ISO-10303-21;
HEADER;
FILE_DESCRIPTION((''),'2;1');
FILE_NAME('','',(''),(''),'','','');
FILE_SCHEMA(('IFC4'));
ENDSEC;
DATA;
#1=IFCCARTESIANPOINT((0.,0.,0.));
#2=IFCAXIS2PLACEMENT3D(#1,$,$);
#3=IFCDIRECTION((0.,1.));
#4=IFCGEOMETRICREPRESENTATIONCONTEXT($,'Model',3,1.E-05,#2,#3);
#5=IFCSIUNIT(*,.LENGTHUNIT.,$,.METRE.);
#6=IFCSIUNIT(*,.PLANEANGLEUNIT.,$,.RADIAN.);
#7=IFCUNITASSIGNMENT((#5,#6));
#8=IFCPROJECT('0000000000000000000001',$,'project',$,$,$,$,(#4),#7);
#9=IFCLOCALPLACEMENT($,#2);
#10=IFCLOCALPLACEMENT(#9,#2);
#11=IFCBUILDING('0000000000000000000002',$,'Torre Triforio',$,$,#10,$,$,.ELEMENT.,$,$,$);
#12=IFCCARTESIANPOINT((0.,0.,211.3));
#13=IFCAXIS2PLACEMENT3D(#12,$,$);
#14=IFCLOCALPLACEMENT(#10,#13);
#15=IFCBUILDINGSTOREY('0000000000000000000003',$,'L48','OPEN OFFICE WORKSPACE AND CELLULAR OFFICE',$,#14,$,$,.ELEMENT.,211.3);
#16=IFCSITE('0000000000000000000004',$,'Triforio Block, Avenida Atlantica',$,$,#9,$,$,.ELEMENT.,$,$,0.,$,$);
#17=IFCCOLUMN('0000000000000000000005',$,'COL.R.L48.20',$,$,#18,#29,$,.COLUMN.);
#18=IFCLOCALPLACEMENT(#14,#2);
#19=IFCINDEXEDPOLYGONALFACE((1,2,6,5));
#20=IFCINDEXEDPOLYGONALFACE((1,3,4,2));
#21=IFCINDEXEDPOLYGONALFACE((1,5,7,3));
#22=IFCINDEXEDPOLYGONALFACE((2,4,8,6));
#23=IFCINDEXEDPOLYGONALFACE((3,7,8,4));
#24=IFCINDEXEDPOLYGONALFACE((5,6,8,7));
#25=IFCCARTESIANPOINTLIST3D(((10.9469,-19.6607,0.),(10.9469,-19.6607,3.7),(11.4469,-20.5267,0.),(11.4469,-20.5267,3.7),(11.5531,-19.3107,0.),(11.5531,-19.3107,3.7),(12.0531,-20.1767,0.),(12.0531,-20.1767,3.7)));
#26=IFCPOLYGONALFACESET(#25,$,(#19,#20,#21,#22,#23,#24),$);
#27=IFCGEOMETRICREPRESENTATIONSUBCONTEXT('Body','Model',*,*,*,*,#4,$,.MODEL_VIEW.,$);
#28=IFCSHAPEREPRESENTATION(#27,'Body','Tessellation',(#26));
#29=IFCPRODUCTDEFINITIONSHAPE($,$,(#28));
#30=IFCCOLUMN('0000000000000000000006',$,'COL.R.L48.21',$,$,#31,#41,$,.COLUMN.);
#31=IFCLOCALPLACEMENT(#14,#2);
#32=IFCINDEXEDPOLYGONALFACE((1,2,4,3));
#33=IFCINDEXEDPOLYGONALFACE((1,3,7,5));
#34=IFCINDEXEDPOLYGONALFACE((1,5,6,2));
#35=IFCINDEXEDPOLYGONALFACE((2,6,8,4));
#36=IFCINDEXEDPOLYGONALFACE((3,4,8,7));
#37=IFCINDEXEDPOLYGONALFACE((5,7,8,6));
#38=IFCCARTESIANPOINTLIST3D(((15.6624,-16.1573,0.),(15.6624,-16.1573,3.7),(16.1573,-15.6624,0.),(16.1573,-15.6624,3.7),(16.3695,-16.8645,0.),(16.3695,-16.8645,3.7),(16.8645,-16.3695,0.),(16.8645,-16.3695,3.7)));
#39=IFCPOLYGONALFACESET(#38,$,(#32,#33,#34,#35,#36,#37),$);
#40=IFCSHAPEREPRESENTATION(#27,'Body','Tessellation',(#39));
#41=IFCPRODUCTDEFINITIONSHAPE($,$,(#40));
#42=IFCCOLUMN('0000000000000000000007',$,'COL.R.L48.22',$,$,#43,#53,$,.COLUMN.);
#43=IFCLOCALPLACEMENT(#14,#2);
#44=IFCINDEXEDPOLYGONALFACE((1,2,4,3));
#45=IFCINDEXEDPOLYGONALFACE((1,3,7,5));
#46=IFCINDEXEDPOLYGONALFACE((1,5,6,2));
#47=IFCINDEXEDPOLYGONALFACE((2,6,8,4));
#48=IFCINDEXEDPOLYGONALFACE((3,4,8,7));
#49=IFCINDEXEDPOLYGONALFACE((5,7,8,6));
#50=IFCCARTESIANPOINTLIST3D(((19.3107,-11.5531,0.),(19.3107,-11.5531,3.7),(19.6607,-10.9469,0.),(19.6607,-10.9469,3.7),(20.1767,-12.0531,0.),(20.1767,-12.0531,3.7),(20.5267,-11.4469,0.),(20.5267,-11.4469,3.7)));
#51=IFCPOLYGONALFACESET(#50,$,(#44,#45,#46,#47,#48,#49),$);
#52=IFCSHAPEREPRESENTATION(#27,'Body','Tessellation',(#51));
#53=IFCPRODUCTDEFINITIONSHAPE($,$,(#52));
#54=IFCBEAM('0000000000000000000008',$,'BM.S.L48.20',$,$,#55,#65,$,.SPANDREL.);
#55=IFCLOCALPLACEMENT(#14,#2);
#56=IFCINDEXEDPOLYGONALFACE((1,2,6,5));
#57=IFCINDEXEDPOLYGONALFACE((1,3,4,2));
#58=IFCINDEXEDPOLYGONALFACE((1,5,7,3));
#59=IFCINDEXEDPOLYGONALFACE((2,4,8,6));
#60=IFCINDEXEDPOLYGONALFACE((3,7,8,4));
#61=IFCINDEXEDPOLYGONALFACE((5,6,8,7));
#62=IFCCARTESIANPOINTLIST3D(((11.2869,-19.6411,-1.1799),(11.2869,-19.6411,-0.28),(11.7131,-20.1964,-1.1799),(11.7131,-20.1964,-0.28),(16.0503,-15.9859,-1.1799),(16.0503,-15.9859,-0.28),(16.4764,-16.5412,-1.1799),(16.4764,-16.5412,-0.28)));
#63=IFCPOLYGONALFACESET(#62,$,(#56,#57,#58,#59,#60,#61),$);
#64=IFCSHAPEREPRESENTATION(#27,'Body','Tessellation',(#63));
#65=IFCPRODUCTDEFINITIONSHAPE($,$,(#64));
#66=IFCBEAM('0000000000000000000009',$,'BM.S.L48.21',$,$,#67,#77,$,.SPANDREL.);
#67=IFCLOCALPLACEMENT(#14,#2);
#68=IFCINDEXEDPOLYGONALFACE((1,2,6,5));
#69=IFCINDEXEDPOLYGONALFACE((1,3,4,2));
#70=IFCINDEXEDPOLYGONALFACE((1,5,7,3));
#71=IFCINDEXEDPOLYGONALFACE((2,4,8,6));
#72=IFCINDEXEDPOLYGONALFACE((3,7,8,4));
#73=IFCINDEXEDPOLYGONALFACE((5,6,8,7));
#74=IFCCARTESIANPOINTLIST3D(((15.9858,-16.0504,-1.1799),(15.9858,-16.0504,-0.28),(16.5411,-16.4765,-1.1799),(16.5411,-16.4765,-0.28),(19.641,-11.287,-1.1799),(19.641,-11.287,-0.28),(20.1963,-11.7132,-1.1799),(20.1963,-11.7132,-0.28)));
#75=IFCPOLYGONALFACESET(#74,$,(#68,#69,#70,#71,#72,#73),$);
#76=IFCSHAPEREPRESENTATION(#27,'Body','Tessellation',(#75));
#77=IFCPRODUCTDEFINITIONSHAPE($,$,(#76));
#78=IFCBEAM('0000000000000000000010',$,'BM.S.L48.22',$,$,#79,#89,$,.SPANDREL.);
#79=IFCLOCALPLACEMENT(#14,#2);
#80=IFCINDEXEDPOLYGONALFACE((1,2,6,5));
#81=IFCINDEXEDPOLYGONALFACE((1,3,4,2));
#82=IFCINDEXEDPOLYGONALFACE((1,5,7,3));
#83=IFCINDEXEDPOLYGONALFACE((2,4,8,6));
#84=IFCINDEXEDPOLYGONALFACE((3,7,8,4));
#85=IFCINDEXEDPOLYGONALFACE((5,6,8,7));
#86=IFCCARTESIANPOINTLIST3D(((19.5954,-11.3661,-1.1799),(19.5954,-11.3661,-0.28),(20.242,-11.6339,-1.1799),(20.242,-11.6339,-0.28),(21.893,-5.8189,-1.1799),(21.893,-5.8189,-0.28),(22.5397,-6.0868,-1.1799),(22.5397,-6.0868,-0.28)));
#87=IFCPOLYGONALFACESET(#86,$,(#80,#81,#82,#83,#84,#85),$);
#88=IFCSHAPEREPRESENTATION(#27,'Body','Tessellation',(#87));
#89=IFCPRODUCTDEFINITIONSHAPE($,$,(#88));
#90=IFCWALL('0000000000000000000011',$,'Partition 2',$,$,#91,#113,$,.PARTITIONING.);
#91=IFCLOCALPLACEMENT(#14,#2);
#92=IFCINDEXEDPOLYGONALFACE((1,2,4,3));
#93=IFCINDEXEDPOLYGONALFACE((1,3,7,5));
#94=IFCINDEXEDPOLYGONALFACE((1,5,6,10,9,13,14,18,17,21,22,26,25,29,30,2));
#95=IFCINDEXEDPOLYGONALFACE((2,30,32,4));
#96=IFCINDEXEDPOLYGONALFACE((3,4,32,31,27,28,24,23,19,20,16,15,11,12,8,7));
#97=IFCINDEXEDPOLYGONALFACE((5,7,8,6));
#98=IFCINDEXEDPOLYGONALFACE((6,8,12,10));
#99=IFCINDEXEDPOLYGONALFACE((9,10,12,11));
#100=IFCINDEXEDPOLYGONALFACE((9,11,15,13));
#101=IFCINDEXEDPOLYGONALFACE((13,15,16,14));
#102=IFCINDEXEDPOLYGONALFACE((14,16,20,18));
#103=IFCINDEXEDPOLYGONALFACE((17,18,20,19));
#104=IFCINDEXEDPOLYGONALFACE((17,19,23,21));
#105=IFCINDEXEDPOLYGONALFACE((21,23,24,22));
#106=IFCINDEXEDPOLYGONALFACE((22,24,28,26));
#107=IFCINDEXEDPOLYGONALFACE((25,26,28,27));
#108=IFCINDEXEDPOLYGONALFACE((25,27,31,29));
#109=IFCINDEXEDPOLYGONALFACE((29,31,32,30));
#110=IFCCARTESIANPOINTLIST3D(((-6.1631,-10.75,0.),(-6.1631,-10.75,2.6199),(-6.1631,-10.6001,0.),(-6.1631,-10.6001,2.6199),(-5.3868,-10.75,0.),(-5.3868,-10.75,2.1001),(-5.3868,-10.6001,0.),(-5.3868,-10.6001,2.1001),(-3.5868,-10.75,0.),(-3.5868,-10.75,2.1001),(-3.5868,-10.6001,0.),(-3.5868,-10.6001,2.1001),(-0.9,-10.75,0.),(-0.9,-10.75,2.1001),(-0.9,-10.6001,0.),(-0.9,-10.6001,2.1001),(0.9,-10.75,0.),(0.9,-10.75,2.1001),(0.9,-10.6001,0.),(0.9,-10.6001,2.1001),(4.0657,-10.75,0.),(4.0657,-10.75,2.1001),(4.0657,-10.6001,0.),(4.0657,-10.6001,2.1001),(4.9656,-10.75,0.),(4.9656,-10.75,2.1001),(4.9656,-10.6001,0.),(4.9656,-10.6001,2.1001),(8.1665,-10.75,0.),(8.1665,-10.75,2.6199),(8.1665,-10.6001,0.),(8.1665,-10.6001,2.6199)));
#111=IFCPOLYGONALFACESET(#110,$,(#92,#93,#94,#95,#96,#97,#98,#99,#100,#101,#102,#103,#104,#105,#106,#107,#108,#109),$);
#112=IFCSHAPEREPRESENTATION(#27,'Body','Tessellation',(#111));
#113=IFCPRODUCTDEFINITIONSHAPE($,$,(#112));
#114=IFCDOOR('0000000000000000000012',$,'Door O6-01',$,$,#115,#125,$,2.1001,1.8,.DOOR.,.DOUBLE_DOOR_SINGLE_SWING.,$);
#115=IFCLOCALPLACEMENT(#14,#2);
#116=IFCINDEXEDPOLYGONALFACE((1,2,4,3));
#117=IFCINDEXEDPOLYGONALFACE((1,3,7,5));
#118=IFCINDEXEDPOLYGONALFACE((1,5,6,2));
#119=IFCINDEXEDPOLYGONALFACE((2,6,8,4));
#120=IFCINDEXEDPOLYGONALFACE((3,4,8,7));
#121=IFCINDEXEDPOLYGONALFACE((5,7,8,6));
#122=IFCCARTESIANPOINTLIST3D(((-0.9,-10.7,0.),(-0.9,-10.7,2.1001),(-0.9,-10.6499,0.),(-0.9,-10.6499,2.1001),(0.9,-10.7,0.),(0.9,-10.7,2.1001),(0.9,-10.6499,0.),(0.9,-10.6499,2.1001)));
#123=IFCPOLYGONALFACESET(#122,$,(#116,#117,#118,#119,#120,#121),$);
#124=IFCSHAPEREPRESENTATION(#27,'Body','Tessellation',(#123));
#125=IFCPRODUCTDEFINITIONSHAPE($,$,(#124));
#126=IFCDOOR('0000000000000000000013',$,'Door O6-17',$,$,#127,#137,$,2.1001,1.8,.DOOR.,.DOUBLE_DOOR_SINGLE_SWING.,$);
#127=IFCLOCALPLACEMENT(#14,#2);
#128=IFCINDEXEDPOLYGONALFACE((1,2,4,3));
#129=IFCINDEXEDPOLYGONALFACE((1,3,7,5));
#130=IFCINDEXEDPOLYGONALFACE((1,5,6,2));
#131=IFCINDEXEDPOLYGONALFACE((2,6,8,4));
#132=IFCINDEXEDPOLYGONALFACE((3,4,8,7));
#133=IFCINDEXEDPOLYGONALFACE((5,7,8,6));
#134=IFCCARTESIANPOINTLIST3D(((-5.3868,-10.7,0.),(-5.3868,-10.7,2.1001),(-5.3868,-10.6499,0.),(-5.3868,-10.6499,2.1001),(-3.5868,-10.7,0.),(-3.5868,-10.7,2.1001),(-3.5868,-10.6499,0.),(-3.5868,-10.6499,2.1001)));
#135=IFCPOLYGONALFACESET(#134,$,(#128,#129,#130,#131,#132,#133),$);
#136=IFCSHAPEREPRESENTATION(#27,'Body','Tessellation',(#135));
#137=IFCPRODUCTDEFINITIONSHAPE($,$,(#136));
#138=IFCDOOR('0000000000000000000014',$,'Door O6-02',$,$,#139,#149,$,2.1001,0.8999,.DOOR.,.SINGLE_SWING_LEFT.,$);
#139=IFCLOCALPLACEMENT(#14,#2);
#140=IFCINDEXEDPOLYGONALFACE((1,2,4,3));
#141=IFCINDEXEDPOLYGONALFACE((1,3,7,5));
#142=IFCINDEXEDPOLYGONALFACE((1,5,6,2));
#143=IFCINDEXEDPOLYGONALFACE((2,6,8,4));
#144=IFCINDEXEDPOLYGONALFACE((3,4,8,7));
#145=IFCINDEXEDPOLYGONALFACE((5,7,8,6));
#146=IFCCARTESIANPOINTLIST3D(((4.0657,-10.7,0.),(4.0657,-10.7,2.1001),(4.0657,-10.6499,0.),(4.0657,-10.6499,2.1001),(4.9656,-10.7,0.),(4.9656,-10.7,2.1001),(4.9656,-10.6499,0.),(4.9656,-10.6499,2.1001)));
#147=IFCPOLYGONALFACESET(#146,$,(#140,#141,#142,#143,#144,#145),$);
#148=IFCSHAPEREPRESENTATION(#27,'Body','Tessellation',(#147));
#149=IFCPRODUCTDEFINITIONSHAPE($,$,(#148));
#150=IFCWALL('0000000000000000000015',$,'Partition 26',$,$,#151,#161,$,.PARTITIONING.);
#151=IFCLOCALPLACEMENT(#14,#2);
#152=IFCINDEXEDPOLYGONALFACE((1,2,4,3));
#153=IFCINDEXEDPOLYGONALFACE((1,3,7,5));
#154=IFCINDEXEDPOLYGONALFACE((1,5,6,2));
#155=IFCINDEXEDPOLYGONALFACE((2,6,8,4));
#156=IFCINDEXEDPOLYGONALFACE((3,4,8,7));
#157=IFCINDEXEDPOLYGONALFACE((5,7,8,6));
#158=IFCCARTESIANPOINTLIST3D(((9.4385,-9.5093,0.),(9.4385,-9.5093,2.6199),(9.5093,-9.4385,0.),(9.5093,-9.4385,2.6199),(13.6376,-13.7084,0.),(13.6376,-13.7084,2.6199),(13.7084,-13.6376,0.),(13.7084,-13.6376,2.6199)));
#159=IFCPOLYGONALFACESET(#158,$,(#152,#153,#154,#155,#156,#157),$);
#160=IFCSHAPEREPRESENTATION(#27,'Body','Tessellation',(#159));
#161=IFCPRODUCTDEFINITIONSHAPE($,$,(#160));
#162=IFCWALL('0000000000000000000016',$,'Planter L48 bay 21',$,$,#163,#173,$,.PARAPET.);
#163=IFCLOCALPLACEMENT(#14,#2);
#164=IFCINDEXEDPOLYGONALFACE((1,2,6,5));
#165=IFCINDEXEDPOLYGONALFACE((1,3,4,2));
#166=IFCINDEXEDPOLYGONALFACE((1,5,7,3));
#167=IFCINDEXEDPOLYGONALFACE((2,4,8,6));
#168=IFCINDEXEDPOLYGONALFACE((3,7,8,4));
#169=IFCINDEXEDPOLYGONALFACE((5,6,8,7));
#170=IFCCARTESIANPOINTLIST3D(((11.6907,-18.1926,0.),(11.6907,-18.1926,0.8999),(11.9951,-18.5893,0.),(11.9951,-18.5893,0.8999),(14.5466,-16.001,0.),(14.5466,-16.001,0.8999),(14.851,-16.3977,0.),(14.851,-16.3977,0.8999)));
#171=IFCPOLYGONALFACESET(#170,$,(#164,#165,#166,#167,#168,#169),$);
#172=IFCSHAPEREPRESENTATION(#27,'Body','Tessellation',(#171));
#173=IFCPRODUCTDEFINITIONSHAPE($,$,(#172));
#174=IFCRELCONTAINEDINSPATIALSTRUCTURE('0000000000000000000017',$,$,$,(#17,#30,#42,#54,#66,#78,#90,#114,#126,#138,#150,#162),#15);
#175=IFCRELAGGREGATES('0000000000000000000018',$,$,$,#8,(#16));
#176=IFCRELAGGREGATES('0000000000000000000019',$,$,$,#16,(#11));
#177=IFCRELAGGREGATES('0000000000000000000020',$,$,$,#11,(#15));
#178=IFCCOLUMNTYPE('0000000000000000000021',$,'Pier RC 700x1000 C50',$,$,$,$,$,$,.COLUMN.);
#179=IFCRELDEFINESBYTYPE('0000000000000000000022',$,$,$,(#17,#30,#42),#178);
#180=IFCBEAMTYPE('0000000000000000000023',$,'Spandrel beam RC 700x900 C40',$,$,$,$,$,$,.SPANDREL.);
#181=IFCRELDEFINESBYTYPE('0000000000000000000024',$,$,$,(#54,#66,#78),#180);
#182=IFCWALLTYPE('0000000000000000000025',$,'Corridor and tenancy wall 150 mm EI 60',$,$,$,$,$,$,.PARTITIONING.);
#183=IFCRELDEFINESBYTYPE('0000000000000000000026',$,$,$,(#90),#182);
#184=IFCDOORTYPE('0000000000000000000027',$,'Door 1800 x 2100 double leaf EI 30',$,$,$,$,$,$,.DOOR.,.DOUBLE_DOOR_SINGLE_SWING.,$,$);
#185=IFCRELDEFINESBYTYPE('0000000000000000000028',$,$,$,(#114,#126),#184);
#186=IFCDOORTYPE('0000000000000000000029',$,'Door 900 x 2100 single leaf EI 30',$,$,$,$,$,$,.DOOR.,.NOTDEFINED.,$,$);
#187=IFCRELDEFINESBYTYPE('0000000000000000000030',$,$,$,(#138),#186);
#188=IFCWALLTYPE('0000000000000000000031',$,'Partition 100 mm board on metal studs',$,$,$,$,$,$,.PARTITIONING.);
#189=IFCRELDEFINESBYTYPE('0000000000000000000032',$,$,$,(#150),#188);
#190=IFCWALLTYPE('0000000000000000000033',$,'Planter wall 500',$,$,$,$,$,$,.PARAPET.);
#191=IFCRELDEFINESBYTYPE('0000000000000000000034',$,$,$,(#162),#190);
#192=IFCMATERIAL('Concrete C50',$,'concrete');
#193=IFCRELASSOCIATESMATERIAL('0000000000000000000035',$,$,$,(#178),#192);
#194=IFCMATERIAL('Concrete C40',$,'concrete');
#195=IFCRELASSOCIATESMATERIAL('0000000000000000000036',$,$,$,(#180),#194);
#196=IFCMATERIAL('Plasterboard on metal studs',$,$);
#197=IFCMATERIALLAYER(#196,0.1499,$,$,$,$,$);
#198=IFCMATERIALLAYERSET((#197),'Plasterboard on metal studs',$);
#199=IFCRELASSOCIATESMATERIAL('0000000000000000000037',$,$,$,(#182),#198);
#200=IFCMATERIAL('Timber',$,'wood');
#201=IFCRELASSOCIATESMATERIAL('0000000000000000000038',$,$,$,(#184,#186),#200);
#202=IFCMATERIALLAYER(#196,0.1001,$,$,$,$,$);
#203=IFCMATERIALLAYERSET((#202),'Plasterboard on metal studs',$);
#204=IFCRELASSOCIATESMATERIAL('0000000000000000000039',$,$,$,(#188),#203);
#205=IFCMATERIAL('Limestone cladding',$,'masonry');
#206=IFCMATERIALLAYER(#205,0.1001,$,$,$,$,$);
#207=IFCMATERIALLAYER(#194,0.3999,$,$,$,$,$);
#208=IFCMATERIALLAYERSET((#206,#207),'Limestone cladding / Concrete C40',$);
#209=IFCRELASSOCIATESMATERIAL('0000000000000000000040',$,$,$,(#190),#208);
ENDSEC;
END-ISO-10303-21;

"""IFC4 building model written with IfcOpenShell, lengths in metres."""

from ifc_helpers import new_model, si_unit, direction, frame, frame_2d, origin, origin_2d, place, context, subcontext, project, spatial, rectangle, extrude, material, layer, layer_set, material_profile, profile_set, type_object, element, fill, save


model = new_model("IFC4")

# Units and contexts
model_context = context("Model", 3, precision=1e-05, world=origin(), true_north=direction((0.0, 1.0)))
body_context = subcontext(model_context, "Body", "Model", "MODEL_VIEW")
ifc_project = project(units=[si_unit("LENGTHUNIT", "METRE"), si_unit("PLANEANGLEUNIT", "RADIAN")], contexts=[model_context])

# Site, building, storey
site_placement = place(None, origin())
site = spatial("IfcSite", under=ifc_project, at=site_placement, Name="Triforio Block, Avenida Atlantica", CompositionType="ELEMENT", RefElevation=0.0)
building_placement = place(site_placement, origin())
building = spatial("IfcBuilding", under=site, at=building_placement, Name="Torre Triforio", CompositionType="ELEMENT")
storey_placement = place(building_placement, frame((0.0, 0.0, 211.3)))
storey = spatial("IfcBuildingStorey", under=building, at=storey_placement, Name="L48", Description="OPEN OFFICE WORKSPACE AND CELLULAR OFFICE", CompositionType="ELEMENT", Elevation=211.3)

# Columns
ifc_material_1 = material(Name="Concrete C50", Category="concrete")
ifc_material_profile_1 = material_profile(ifc_material_1, rectangle(XDim=0.7, YDim=1.0, at=origin_2d()), Name="RC 700x1000")
ifc_profile_set_1 = profile_set([ifc_material_profile_1], Name="Concrete C50")
column_type = type_object("IfcColumnType", Name="Pier RC 700x1000 C50", PredefinedType="COLUMN", material=ifc_profile_set_1)
for number, where, z_axis, x_axis, name in (
    (1, (11.5, -19.9187, 0.0), (0.0, 0.0, 1.0), (0.866025, 0.5, 0.0), "COL.R.L48.20"),
    (2, (16.2634, -16.2634, 0.0), (0.0, 0.0, 1.0), (0.707107, 0.707107, 0.0), "COL.R.L48.21"),
    (3, (19.9187, -11.5, 0.0), (0.0, 0.0, 1.0), (0.5, 0.866025, 0.0), "COL.R.L48.22"),
):
    element("IfcColumn", number, at=place(storey_placement, frame(where, z_axis=z_axis, x_axis=x_axis)), inside=storey, type_object=column_type, Name=name, PredefinedType="COLUMN", context=body_context, shape_type="SweptSolid", body=[
        extrude(rectangle(XDim=0.7, YDim=1.0, at=origin_2d()), origin(), (0.0, 0.0, 1.0), 3.7),
    ])

# Beams
ifc_material_2 = material(Name="Concrete C40", Category="concrete")
ifc_material_profile_2 = material_profile(ifc_material_2, rectangle(XDim=0.7, YDim=0.8999, at=origin_2d()), Name="RC 700x900")
ifc_profile_set_2 = profile_set([ifc_material_profile_2], Name="Concrete C40")
beam_type = type_object("IfcBeamType", Name="Spandrel beam RC 700x900 C40", PredefinedType="SPANDREL", material=ifc_profile_set_2)
for number, where, z_axis, x_axis, name in (
    (4, (11.5, -19.9187, -0.73), (0.79334, 0.608779, 0.0), (-0.608779, 0.79334, 0.0), "BM.S.L48.20"),
    (5, (16.2634, -16.2634, -0.73), (0.608779, 0.79334, 0.0), (-0.79334, 0.608779, 0.0), "BM.S.L48.21"),
    (6, (19.9187, -11.5, -0.73), (0.382671, 0.923885, 0.0), (-0.923885, 0.382671, 0.0), "BM.S.L48.22"),
):
    element("IfcBeam", number, at=place(storey_placement, frame(where, z_axis=z_axis, x_axis=x_axis)), inside=storey, type_object=beam_type, Name=name, PredefinedType="SPANDREL", context=body_context, shape_type="SweptSolid", body=[
        extrude(rectangle(XDim=0.7, YDim=0.8999, at=origin_2d()), origin(), (0.0, 0.0, 1.0), 6.0042),
    ])

# Wall, openings, doors
ifc_material_3 = material(Name="Plasterboard on metal studs")
ifc_layer_1 = layer(ifc_material_3, 0.1499)
ifc_layer_set_1 = layer_set([ifc_layer_1], Name="Plasterboard on metal studs")
wall_type_1 = type_object("IfcWallType", Name="Corridor and tenancy wall 150 mm EI 60", PredefinedType="PARTITIONING", material=ifc_layer_set_1)
wall_1_placement = place(storey_placement, frame((8.1665, -10.675, 0.0), z_axis=(0.0, 0.0, 1.0), x_axis=(-1.0, 0.0, 0.0)))
wall_1 = element("IfcWall", 7, at=wall_1_placement, inside=storey, type_object=wall_type_1, Name="Partition 2", PredefinedType="PARTITIONING", context=body_context, shape_type="SweptSolid", body=[
    extrude(rectangle(XDim=14.3296, YDim=0.1499, at=frame_2d((7.1648, 0.0))), origin(), (0.0, 0.0, 1.0), 2.6199),
])
opening_1_placement = place(wall_1_placement, frame((7.2666, 0.0, 0.0)))
opening_1 = element("IfcOpeningElement", 8, at=opening_1_placement, cuts=wall_1, PredefinedType="OPENING", context=body_context, shape_type="SweptSolid", body=[
    extrude(rectangle(XDim=1.8, YDim=2.1001, at=frame_2d((0.8999, 1.05))), frame((0.0, 0.085, 0.0), z_axis=(0.0, -1.0, 0.0), x_axis=(1.0, 0.0, 0.0)), (0.0, 0.0, 1.0), 0.1699),
])
opening_2_placement = place(wall_1_placement, frame((3.2009, 0.0, 0.0)))
opening_2 = element("IfcOpeningElement", 9, at=opening_2_placement, cuts=wall_1, PredefinedType="OPENING", context=body_context, shape_type="SweptSolid", body=[
    extrude(rectangle(XDim=0.8999, YDim=2.1001, at=frame_2d((0.45, 1.05))), frame((0.0, 0.085, 0.0), z_axis=(0.0, -1.0, 0.0), x_axis=(1.0, 0.0, 0.0)), (0.0, 0.0, 1.0), 0.1699),
])
opening_3_placement = place(wall_1_placement, frame((11.7534, 0.0, 0.0)))
opening_3 = element("IfcOpeningElement", 10, at=opening_3_placement, cuts=wall_1, PredefinedType="OPENING", context=body_context, shape_type="SweptSolid", body=[
    extrude(rectangle(XDim=1.8, YDim=2.1001, at=frame_2d((0.8999, 1.05))), frame((0.0, 0.085, 0.0), z_axis=(0.0, -1.0, 0.0), x_axis=(1.0, 0.0, 0.0)), (0.0, 0.0, 1.0), 0.1699),
])
ifc_material_4 = material(Name="Timber", Category="wood")
door_type_1 = type_object("IfcDoorType", Name="Door 1800 x 2100 double leaf EI 30", OperationType="DOUBLE_DOOR_SINGLE_SWING", PredefinedType="DOOR", material=ifc_material_4)
door_1_placement = place(opening_1_placement, origin())
door_1 = element("IfcDoor", 11, at=door_1_placement, inside=storey, type_object=door_type_1, Name="Door O6-01", OperationType="DOUBLE_DOOR_SINGLE_SWING", OverallHeight=2.1001, OverallWidth=1.8, PredefinedType="DOOR", context=body_context, shape_type="SweptSolid", body=[
    extrude(rectangle(XDim=1.8, YDim=2.1001, at=frame_2d((0.8999, 1.05))), frame((0.0, 0.0249, 0.0), z_axis=(0.0, -1.0, 0.0), x_axis=(1.0, 0.0, 0.0)), (0.0, 0.0, 1.0), 0.05),
])
fill(opening_1, door_1)
door_2_placement = place(opening_3_placement, origin())
door_2 = element("IfcDoor", 12, at=door_2_placement, inside=storey, type_object=door_type_1, Name="Door O6-17", OperationType="DOUBLE_DOOR_SINGLE_SWING", OverallHeight=2.1001, OverallWidth=1.8, PredefinedType="DOOR", context=body_context, shape_type="SweptSolid", body=[
    extrude(rectangle(XDim=1.8, YDim=2.1001, at=frame_2d((0.8999, 1.05))), frame((0.0, 0.0249, 0.0), z_axis=(0.0, -1.0, 0.0), x_axis=(1.0, 0.0, 0.0)), (0.0, 0.0, 1.0), 0.05),
])
fill(opening_3, door_2)
door_type_2 = type_object("IfcDoorType", Name="Door 900 x 2100 single leaf EI 30", OperationType="NOTDEFINED", PredefinedType="DOOR", material=ifc_material_4)
door_3_placement = place(opening_2_placement, origin())
door_3 = element("IfcDoor", 13, at=door_3_placement, inside=storey, type_object=door_type_2, Name="Door O6-02", OperationType="SINGLE_SWING_LEFT", OverallHeight=2.1001, OverallWidth=0.8999, PredefinedType="DOOR", context=body_context, shape_type="SweptSolid", body=[
    extrude(rectangle(XDim=0.8999, YDim=2.1001, at=frame_2d((0.45, 1.05))), frame((0.0, 0.0249, 0.0), z_axis=(0.0, -1.0, 0.0), x_axis=(1.0, 0.0, 0.0)), (0.0, 0.0, 1.0), 0.05),
])
fill(opening_2, door_3)

# Walls
ifc_layer_2 = layer(ifc_material_3, 0.1001)
ifc_layer_set_2 = layer_set([ifc_layer_2], Name="Plasterboard on metal studs")
wall_type_2 = type_object("IfcWallType", Name="Partition 100 mm board on metal studs", PredefinedType="PARTITIONING", material=ifc_layer_set_2)
wall_2_placement = place(storey_placement, frame((9.4739, -9.4739, 0.0), z_axis=(0.0, 0.0, 1.0), x_axis=(0.707107, -0.707107, 0.0)))
element("IfcWall", 14, at=wall_2_placement, inside=storey, type_object=wall_type_2, Name="Partition 26", PredefinedType="PARTITIONING", context=body_context, shape_type="SweptSolid", body=[
    extrude(rectangle(XDim=5.9385, YDim=0.1001, at=frame_2d((2.9692, 0.0))), origin(), (0.0, 0.0, 1.0), 2.6199),
])
ifc_material_5 = material(Name="Limestone cladding", Category="masonry")
ifc_layer_3 = layer(ifc_material_5, 0.1001)
ifc_layer_4 = layer(ifc_material_2, 0.3999)
ifc_layer_set_3 = layer_set([ifc_layer_3, ifc_layer_4], Name="Limestone cladding / Concrete C40")
wall_type_3 = type_object("IfcWallType", Name="Planter wall 500", PredefinedType="PARAPET", material=ifc_layer_set_3)
wall_3_placement = place(storey_placement, frame((11.843, -18.3909, 0.0), z_axis=(0.0, 0.0, 1.0), x_axis=(0.793327, 0.608796, 0.0)))
element("IfcWall", 15, at=wall_3_placement, inside=storey, type_object=wall_type_3, Name="Planter L48 bay 21", PredefinedType="PARAPET", context=body_context, shape_type="SweptSolid", body=[
    extrude(rectangle(XDim=3.5999, YDim=0.5, at=frame_2d((1.7998, 0.0))), origin(), (0.0, 0.0, 1.0), 0.8999),
])

save(model, "model.ifc")
